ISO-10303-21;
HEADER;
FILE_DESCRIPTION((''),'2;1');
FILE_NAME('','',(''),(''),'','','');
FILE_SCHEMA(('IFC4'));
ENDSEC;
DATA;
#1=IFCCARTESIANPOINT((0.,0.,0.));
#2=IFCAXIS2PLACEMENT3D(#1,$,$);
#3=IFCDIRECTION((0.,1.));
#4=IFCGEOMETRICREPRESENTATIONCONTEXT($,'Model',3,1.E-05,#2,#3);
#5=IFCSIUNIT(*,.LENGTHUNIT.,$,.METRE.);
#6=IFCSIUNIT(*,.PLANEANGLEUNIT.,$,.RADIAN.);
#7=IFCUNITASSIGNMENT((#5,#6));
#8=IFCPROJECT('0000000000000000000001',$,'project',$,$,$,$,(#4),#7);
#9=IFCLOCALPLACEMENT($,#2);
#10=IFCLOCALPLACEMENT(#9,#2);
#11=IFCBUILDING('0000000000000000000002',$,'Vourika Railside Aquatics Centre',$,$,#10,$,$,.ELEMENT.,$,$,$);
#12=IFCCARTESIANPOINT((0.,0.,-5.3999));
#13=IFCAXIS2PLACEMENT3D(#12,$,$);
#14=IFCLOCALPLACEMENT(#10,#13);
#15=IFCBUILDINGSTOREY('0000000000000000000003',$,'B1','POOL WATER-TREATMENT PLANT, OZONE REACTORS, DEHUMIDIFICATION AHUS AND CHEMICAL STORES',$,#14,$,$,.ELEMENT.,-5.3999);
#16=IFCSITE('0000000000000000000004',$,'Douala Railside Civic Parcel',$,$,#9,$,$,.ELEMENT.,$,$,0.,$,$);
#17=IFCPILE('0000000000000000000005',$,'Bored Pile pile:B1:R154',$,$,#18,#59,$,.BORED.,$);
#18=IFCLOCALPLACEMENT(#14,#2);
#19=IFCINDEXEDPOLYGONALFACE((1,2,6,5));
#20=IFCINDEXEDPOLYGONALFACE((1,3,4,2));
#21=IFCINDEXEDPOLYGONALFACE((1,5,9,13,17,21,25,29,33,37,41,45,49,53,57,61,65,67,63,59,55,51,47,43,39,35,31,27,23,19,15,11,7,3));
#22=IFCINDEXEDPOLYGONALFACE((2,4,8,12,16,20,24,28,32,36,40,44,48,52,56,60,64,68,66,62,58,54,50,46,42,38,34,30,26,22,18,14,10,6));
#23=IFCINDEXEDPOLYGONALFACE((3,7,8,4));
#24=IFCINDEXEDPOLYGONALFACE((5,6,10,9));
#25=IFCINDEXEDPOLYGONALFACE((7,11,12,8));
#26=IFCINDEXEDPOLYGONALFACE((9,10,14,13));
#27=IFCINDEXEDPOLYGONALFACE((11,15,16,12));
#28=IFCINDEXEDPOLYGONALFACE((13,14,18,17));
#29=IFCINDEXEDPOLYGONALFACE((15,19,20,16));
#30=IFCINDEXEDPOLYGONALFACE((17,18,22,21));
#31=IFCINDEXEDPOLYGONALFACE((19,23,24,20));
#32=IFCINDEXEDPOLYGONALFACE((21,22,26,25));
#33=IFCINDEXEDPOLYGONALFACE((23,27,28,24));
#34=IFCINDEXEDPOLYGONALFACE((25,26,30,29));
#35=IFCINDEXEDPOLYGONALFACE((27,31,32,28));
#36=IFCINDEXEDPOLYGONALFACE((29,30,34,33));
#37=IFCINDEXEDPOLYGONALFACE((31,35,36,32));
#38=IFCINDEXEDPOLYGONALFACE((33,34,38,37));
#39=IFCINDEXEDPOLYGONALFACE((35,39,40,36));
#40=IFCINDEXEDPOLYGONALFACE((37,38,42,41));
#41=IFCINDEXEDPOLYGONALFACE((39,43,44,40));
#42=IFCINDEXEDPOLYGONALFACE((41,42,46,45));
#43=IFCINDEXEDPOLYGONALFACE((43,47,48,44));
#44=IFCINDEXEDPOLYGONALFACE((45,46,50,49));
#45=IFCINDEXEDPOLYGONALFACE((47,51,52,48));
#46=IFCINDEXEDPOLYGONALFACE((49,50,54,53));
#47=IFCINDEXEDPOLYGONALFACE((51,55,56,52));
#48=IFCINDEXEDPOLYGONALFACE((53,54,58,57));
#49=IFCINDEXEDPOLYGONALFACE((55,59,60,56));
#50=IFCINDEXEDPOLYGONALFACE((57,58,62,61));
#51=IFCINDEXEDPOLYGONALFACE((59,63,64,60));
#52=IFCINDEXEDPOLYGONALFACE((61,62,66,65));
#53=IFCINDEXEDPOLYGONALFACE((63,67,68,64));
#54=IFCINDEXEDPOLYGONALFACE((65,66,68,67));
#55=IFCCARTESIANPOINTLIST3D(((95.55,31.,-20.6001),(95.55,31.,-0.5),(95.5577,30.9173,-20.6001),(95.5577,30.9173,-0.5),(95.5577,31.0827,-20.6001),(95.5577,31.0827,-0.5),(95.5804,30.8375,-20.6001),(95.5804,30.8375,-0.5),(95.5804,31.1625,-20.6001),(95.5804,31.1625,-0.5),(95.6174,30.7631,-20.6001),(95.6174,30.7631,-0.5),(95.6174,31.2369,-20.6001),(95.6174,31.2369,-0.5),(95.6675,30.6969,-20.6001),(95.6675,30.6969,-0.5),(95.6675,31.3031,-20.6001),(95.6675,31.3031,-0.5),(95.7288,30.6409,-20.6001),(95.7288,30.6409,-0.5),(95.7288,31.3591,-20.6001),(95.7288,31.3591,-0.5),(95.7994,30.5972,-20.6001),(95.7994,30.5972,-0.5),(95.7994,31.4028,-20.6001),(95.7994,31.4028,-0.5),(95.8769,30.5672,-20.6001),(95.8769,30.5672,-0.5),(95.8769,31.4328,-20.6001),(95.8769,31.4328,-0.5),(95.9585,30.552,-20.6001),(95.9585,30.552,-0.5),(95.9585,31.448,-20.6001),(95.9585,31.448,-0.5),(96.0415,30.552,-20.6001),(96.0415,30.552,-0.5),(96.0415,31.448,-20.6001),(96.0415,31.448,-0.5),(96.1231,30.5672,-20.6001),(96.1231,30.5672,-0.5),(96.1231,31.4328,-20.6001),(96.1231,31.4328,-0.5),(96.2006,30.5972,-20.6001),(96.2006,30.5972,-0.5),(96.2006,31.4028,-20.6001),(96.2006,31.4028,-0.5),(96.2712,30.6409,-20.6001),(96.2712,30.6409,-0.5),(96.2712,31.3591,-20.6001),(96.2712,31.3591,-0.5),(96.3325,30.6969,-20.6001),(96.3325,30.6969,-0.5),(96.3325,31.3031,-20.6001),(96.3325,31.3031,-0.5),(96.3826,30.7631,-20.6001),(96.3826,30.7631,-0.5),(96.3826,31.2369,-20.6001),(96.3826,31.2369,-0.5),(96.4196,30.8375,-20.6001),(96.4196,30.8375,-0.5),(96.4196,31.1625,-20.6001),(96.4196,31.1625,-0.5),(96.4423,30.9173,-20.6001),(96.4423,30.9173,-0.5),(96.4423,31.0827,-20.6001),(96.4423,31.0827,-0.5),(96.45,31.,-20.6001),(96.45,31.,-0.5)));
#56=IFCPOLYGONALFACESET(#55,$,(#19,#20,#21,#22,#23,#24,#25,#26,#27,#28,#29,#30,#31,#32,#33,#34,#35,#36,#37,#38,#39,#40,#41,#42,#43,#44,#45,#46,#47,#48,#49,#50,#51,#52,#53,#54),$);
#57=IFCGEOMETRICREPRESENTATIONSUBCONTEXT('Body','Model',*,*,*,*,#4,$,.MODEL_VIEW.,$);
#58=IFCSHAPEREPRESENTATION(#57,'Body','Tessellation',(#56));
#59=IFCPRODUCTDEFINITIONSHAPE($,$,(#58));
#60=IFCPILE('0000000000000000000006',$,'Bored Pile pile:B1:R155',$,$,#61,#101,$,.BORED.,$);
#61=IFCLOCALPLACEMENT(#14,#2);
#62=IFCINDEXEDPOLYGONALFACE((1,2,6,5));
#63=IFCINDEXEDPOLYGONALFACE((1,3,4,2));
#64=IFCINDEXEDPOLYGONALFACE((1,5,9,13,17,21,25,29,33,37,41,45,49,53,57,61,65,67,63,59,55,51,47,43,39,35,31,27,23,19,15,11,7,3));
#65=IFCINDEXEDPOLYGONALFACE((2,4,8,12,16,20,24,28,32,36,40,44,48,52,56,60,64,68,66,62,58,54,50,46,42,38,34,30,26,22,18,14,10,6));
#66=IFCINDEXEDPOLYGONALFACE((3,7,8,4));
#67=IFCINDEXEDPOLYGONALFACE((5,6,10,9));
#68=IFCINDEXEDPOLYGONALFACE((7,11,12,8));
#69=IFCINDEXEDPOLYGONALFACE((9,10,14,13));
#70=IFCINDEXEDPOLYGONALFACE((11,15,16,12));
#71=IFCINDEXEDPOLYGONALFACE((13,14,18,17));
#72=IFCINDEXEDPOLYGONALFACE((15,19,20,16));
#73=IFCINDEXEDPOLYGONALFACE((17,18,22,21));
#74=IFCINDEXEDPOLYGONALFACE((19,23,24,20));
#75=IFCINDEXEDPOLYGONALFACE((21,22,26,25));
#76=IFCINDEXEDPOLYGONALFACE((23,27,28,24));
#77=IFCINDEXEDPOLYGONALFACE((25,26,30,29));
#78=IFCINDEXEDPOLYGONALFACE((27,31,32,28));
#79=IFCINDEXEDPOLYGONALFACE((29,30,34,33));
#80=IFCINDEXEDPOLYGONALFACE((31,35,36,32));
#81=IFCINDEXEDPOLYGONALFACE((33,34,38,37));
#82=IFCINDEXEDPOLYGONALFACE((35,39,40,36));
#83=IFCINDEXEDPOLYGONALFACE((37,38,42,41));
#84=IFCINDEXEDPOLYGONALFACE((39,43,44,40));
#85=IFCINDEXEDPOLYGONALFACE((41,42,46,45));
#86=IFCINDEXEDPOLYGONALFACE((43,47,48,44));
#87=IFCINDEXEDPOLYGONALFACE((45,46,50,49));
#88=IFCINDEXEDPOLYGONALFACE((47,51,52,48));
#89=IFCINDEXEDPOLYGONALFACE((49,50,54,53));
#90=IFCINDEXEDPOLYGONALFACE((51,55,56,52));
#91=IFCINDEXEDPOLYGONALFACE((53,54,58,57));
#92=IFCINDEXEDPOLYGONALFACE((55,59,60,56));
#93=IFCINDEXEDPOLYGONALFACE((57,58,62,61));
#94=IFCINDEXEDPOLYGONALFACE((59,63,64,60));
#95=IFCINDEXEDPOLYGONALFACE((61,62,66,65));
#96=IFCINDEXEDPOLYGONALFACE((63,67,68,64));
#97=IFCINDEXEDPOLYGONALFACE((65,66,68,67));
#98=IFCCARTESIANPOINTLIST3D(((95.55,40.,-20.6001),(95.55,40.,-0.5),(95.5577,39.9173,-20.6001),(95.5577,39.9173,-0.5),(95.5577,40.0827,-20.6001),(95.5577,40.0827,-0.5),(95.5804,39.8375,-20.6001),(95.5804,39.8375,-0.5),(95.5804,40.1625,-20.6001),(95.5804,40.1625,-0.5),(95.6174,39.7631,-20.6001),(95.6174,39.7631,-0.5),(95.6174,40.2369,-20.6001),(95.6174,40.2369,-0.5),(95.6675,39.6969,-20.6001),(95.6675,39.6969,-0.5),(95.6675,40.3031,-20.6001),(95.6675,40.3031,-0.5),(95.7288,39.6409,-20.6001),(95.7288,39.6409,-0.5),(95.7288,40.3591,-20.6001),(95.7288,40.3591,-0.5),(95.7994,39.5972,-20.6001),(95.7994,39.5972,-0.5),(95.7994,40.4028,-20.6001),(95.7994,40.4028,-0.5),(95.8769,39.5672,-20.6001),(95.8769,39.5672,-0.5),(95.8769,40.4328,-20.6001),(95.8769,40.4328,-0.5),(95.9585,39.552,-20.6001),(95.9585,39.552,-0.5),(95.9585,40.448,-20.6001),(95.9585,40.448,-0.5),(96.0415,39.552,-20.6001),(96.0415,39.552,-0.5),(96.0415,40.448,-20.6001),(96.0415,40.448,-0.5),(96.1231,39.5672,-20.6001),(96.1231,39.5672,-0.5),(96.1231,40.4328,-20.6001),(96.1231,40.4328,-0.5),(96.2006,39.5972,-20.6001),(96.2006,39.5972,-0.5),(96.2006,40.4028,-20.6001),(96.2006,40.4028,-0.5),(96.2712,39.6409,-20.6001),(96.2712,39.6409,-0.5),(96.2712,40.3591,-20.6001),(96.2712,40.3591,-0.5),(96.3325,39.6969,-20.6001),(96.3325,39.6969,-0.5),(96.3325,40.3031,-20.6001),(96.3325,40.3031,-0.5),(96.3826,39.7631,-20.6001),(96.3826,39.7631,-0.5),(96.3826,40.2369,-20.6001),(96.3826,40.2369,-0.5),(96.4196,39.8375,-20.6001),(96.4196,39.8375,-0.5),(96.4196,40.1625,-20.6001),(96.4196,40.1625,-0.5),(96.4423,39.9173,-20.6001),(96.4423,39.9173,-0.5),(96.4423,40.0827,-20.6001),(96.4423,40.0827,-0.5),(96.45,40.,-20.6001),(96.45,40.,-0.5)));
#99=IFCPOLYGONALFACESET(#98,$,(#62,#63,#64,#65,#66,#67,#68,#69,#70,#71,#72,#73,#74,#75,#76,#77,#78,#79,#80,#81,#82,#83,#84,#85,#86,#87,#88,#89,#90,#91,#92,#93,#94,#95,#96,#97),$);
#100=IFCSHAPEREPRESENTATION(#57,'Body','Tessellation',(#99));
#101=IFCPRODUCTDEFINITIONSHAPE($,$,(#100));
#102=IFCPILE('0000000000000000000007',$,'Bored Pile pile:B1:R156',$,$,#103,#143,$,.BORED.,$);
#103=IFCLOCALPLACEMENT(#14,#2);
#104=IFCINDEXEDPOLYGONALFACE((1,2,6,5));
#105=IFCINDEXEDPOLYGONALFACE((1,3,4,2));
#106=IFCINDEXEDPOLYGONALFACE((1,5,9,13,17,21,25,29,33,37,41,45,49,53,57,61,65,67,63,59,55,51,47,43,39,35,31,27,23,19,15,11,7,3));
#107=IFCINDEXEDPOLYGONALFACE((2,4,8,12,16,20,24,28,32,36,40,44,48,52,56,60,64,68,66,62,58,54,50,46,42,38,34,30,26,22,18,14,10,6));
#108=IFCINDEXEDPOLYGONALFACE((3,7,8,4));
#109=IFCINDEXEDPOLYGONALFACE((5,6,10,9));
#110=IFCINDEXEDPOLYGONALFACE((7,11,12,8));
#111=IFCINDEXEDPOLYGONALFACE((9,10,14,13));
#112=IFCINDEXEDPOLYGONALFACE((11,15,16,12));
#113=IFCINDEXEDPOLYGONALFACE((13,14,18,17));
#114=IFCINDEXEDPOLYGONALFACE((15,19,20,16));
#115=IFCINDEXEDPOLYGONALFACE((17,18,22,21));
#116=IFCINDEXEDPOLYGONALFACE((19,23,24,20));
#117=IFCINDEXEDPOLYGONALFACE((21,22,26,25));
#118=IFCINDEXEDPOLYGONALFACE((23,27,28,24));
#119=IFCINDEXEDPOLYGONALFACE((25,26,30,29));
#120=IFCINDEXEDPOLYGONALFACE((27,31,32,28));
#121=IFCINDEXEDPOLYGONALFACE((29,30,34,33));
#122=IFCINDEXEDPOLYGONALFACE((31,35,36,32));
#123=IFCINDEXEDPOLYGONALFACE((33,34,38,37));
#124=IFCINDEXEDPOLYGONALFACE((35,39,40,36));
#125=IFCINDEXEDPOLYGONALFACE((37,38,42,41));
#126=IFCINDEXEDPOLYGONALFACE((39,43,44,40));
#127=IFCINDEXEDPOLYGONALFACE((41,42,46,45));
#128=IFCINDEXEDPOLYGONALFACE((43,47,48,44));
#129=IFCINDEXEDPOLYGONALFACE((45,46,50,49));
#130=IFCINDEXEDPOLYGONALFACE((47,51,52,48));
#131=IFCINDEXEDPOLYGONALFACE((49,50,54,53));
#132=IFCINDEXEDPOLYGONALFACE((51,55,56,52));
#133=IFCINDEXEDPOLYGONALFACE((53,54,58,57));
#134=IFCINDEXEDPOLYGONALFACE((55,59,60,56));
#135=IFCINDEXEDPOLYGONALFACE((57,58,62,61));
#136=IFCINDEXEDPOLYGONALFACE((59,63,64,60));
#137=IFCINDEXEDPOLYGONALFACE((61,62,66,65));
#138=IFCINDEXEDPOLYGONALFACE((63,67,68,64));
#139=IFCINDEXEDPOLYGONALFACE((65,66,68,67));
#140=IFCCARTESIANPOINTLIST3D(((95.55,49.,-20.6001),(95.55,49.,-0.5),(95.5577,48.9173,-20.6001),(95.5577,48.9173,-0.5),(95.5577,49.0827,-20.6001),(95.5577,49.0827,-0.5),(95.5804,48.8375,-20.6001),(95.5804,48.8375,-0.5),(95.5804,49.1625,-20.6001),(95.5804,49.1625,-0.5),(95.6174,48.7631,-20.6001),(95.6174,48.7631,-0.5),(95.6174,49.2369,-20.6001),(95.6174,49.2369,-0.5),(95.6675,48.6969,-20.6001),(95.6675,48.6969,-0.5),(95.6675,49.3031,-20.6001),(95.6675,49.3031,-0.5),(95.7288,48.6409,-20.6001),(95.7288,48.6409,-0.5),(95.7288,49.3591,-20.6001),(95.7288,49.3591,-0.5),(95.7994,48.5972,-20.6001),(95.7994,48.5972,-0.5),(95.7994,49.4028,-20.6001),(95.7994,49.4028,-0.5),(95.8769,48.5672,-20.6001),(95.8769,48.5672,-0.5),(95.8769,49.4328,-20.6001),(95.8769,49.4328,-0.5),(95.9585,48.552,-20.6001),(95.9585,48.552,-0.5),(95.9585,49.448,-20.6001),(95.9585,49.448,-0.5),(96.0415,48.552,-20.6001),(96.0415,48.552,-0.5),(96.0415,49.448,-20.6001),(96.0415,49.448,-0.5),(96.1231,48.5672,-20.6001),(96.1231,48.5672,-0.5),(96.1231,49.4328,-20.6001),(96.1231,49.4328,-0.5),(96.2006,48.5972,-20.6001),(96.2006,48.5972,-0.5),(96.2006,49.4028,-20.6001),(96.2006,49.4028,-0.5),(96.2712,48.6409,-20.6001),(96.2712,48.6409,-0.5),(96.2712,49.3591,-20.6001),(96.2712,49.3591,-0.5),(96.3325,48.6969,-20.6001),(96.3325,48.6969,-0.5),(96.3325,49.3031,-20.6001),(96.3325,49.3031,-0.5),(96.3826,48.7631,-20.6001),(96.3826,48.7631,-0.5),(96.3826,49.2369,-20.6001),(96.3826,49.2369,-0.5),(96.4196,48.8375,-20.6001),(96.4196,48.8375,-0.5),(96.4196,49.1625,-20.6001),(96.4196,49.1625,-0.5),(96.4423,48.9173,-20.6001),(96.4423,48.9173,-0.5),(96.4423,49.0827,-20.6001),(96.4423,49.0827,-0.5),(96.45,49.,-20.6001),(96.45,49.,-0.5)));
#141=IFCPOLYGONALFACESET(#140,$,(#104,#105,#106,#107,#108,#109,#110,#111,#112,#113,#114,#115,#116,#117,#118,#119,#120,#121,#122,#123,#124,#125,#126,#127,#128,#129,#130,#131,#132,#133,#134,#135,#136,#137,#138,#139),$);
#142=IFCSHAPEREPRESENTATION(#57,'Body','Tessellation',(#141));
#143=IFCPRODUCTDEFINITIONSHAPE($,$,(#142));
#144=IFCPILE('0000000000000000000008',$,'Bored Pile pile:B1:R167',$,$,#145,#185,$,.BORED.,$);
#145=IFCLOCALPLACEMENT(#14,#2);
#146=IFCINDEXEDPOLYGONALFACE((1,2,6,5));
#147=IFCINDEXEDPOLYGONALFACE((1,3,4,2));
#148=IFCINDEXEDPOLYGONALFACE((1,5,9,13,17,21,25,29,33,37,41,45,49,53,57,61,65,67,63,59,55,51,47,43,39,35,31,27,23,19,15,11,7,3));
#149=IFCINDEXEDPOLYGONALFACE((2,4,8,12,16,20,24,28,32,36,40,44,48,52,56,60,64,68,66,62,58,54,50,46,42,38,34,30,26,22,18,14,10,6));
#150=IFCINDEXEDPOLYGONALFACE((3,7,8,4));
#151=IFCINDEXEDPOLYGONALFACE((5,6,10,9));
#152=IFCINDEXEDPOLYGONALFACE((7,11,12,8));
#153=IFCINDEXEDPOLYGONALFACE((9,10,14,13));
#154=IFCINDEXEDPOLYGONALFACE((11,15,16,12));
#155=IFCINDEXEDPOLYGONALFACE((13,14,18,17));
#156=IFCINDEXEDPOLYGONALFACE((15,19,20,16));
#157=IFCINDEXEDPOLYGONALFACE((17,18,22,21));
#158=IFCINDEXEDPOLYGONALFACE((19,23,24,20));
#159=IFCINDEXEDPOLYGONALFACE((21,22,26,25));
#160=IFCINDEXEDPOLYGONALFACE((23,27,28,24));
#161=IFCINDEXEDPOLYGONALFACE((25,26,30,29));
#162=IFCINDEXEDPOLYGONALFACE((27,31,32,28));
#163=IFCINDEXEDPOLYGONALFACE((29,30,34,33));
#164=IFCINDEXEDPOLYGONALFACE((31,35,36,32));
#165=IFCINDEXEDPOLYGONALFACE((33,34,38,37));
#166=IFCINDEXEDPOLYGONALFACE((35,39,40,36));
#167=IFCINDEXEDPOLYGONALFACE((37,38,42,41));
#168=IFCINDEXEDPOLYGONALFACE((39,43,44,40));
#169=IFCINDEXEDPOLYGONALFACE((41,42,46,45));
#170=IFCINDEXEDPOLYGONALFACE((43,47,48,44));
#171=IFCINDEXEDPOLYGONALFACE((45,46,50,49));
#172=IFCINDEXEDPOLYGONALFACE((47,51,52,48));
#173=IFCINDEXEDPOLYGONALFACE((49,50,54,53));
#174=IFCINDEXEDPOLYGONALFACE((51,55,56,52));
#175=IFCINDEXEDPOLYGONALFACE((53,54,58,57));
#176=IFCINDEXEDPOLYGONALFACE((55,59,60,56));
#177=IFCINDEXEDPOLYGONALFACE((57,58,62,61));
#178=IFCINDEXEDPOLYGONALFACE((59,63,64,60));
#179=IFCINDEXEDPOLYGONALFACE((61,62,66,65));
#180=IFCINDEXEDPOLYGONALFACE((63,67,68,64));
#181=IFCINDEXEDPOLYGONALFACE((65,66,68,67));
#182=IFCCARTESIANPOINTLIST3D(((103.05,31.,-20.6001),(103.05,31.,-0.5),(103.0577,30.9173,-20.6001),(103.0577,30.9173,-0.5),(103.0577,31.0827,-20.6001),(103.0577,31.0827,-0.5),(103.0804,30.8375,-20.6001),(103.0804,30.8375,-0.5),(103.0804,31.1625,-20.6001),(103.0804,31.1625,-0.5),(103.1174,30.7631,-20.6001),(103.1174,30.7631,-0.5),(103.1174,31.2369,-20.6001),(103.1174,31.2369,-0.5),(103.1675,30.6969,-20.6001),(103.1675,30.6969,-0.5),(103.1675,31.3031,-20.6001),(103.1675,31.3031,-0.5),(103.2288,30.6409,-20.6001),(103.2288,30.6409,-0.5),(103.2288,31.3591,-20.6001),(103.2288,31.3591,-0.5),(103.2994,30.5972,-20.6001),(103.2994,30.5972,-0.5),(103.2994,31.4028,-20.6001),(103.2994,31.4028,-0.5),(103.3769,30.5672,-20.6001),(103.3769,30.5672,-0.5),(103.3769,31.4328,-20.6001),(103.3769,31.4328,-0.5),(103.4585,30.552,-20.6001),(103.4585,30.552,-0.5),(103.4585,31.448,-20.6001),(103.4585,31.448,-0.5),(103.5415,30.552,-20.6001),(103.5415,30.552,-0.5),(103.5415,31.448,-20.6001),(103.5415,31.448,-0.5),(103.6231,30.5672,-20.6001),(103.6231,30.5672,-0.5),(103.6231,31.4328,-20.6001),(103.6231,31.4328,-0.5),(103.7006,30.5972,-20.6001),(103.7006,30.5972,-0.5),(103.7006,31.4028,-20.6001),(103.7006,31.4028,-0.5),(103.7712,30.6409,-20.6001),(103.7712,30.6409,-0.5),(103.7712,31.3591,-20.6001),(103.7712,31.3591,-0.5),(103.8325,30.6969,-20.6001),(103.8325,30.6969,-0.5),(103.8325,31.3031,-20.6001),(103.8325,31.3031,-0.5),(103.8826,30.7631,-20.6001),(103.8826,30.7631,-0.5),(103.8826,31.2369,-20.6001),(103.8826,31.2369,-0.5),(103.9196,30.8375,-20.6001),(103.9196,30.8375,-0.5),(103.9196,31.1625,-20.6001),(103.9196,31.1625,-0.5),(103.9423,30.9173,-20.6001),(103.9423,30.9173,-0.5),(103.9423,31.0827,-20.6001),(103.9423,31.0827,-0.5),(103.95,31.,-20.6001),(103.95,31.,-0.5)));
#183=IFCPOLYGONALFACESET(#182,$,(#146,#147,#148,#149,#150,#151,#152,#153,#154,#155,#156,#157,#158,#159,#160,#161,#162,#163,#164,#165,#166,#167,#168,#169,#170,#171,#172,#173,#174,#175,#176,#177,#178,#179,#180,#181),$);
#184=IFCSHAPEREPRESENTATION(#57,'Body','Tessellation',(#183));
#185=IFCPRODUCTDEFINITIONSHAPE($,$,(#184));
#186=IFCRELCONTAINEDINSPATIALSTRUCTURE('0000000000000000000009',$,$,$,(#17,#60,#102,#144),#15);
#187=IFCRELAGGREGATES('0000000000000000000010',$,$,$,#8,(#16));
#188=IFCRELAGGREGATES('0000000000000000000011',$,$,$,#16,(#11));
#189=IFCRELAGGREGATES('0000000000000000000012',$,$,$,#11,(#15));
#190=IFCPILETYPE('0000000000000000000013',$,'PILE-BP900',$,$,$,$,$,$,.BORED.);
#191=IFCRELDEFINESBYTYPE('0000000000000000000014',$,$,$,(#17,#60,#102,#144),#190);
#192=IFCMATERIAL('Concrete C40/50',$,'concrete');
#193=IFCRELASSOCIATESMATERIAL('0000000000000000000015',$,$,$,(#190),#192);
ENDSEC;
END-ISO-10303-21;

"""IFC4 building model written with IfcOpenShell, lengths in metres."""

from ifc_helpers import new_model, si_unit, direction, frame, origin, origin_2d, place, context, subcontext, project, spatial, circle, extrude, material, material_profile, profile_set, type_object, element, save


model = new_model("IFC4")

# Units and contexts
model_context = context("Model", 3, precision=1e-05, world=origin(), true_north=direction((0.0, 1.0)))
body_context = subcontext(model_context, "Body", "Model", "MODEL_VIEW")
ifc_project = project(units=[si_unit("LENGTHUNIT", "METRE"), si_unit("PLANEANGLEUNIT", "RADIAN")], contexts=[model_context])

# Site, building, storey
site_placement = place(None, origin())
site = spatial("IfcSite", under=ifc_project, at=site_placement, Name="Douala Railside Civic Parcel", CompositionType="ELEMENT", RefElevation=0.0)
building_placement = place(site_placement, origin())
building = spatial("IfcBuilding", under=site, at=building_placement, Name="Vourika Railside Aquatics Centre", CompositionType="ELEMENT")
storey_placement = place(building_placement, frame((0.0, 0.0, -5.3999)))
storey = spatial("IfcBuildingStorey", under=building, at=storey_placement, Name="B1", Description="POOL WATER-TREATMENT PLANT, OZONE REACTORS, DEHUMIDIFICATION AHUS AND CHEMICAL STORES", CompositionType="ELEMENT", Elevation=-5.3999)

# Piles
ifc_material_1 = material(Name="Concrete C40/50", Category="concrete")
ifc_material_profile_1 = material_profile(ifc_material_1, circle(Radius=0.45, at=origin_2d()), Name="BP 900")
ifc_profile_set_1 = profile_set([ifc_material_profile_1], Name="Concrete C40/50")
pile_type_1 = type_object("IfcPileType", Name="PILE-BP900", PredefinedType="BORED", material=ifc_profile_set_1)
for number, where, z_axis, x_axis, name in (
    (1, (96.0, 31.0, -0.5), (0.0, 0.0, -1.0), (1.0, 0.0, 0.0), "Bored Pile pile:B1:R154"),
    (2, (96.0, 40.0, -0.5), (0.0, 0.0, -1.0), (1.0, 0.0, 0.0), "Bored Pile pile:B1:R155"),
    (3, (96.0, 49.0, -0.5), (0.0, 0.0, -1.0), (1.0, 0.0, 0.0), "Bored Pile pile:B1:R156"),
    (4, (103.5, 31.0, -0.5), (0.0, 0.0, -1.0), (1.0, 0.0, 0.0), "Bored Pile pile:B1:R167"),
):
    element("IfcPile", number, at=place(storey_placement, frame(where, z_axis=z_axis, x_axis=x_axis)), inside=storey, type_object=pile_type_1, Name=name, PredefinedType="BORED", context=body_context, shape_type="SweptSolid", body=[
        extrude(circle(Radius=0.45, at=origin_2d()), origin(), (0.0, 0.0, 1.0), 20.1001),
    ])

save(model, "model.ifc")
